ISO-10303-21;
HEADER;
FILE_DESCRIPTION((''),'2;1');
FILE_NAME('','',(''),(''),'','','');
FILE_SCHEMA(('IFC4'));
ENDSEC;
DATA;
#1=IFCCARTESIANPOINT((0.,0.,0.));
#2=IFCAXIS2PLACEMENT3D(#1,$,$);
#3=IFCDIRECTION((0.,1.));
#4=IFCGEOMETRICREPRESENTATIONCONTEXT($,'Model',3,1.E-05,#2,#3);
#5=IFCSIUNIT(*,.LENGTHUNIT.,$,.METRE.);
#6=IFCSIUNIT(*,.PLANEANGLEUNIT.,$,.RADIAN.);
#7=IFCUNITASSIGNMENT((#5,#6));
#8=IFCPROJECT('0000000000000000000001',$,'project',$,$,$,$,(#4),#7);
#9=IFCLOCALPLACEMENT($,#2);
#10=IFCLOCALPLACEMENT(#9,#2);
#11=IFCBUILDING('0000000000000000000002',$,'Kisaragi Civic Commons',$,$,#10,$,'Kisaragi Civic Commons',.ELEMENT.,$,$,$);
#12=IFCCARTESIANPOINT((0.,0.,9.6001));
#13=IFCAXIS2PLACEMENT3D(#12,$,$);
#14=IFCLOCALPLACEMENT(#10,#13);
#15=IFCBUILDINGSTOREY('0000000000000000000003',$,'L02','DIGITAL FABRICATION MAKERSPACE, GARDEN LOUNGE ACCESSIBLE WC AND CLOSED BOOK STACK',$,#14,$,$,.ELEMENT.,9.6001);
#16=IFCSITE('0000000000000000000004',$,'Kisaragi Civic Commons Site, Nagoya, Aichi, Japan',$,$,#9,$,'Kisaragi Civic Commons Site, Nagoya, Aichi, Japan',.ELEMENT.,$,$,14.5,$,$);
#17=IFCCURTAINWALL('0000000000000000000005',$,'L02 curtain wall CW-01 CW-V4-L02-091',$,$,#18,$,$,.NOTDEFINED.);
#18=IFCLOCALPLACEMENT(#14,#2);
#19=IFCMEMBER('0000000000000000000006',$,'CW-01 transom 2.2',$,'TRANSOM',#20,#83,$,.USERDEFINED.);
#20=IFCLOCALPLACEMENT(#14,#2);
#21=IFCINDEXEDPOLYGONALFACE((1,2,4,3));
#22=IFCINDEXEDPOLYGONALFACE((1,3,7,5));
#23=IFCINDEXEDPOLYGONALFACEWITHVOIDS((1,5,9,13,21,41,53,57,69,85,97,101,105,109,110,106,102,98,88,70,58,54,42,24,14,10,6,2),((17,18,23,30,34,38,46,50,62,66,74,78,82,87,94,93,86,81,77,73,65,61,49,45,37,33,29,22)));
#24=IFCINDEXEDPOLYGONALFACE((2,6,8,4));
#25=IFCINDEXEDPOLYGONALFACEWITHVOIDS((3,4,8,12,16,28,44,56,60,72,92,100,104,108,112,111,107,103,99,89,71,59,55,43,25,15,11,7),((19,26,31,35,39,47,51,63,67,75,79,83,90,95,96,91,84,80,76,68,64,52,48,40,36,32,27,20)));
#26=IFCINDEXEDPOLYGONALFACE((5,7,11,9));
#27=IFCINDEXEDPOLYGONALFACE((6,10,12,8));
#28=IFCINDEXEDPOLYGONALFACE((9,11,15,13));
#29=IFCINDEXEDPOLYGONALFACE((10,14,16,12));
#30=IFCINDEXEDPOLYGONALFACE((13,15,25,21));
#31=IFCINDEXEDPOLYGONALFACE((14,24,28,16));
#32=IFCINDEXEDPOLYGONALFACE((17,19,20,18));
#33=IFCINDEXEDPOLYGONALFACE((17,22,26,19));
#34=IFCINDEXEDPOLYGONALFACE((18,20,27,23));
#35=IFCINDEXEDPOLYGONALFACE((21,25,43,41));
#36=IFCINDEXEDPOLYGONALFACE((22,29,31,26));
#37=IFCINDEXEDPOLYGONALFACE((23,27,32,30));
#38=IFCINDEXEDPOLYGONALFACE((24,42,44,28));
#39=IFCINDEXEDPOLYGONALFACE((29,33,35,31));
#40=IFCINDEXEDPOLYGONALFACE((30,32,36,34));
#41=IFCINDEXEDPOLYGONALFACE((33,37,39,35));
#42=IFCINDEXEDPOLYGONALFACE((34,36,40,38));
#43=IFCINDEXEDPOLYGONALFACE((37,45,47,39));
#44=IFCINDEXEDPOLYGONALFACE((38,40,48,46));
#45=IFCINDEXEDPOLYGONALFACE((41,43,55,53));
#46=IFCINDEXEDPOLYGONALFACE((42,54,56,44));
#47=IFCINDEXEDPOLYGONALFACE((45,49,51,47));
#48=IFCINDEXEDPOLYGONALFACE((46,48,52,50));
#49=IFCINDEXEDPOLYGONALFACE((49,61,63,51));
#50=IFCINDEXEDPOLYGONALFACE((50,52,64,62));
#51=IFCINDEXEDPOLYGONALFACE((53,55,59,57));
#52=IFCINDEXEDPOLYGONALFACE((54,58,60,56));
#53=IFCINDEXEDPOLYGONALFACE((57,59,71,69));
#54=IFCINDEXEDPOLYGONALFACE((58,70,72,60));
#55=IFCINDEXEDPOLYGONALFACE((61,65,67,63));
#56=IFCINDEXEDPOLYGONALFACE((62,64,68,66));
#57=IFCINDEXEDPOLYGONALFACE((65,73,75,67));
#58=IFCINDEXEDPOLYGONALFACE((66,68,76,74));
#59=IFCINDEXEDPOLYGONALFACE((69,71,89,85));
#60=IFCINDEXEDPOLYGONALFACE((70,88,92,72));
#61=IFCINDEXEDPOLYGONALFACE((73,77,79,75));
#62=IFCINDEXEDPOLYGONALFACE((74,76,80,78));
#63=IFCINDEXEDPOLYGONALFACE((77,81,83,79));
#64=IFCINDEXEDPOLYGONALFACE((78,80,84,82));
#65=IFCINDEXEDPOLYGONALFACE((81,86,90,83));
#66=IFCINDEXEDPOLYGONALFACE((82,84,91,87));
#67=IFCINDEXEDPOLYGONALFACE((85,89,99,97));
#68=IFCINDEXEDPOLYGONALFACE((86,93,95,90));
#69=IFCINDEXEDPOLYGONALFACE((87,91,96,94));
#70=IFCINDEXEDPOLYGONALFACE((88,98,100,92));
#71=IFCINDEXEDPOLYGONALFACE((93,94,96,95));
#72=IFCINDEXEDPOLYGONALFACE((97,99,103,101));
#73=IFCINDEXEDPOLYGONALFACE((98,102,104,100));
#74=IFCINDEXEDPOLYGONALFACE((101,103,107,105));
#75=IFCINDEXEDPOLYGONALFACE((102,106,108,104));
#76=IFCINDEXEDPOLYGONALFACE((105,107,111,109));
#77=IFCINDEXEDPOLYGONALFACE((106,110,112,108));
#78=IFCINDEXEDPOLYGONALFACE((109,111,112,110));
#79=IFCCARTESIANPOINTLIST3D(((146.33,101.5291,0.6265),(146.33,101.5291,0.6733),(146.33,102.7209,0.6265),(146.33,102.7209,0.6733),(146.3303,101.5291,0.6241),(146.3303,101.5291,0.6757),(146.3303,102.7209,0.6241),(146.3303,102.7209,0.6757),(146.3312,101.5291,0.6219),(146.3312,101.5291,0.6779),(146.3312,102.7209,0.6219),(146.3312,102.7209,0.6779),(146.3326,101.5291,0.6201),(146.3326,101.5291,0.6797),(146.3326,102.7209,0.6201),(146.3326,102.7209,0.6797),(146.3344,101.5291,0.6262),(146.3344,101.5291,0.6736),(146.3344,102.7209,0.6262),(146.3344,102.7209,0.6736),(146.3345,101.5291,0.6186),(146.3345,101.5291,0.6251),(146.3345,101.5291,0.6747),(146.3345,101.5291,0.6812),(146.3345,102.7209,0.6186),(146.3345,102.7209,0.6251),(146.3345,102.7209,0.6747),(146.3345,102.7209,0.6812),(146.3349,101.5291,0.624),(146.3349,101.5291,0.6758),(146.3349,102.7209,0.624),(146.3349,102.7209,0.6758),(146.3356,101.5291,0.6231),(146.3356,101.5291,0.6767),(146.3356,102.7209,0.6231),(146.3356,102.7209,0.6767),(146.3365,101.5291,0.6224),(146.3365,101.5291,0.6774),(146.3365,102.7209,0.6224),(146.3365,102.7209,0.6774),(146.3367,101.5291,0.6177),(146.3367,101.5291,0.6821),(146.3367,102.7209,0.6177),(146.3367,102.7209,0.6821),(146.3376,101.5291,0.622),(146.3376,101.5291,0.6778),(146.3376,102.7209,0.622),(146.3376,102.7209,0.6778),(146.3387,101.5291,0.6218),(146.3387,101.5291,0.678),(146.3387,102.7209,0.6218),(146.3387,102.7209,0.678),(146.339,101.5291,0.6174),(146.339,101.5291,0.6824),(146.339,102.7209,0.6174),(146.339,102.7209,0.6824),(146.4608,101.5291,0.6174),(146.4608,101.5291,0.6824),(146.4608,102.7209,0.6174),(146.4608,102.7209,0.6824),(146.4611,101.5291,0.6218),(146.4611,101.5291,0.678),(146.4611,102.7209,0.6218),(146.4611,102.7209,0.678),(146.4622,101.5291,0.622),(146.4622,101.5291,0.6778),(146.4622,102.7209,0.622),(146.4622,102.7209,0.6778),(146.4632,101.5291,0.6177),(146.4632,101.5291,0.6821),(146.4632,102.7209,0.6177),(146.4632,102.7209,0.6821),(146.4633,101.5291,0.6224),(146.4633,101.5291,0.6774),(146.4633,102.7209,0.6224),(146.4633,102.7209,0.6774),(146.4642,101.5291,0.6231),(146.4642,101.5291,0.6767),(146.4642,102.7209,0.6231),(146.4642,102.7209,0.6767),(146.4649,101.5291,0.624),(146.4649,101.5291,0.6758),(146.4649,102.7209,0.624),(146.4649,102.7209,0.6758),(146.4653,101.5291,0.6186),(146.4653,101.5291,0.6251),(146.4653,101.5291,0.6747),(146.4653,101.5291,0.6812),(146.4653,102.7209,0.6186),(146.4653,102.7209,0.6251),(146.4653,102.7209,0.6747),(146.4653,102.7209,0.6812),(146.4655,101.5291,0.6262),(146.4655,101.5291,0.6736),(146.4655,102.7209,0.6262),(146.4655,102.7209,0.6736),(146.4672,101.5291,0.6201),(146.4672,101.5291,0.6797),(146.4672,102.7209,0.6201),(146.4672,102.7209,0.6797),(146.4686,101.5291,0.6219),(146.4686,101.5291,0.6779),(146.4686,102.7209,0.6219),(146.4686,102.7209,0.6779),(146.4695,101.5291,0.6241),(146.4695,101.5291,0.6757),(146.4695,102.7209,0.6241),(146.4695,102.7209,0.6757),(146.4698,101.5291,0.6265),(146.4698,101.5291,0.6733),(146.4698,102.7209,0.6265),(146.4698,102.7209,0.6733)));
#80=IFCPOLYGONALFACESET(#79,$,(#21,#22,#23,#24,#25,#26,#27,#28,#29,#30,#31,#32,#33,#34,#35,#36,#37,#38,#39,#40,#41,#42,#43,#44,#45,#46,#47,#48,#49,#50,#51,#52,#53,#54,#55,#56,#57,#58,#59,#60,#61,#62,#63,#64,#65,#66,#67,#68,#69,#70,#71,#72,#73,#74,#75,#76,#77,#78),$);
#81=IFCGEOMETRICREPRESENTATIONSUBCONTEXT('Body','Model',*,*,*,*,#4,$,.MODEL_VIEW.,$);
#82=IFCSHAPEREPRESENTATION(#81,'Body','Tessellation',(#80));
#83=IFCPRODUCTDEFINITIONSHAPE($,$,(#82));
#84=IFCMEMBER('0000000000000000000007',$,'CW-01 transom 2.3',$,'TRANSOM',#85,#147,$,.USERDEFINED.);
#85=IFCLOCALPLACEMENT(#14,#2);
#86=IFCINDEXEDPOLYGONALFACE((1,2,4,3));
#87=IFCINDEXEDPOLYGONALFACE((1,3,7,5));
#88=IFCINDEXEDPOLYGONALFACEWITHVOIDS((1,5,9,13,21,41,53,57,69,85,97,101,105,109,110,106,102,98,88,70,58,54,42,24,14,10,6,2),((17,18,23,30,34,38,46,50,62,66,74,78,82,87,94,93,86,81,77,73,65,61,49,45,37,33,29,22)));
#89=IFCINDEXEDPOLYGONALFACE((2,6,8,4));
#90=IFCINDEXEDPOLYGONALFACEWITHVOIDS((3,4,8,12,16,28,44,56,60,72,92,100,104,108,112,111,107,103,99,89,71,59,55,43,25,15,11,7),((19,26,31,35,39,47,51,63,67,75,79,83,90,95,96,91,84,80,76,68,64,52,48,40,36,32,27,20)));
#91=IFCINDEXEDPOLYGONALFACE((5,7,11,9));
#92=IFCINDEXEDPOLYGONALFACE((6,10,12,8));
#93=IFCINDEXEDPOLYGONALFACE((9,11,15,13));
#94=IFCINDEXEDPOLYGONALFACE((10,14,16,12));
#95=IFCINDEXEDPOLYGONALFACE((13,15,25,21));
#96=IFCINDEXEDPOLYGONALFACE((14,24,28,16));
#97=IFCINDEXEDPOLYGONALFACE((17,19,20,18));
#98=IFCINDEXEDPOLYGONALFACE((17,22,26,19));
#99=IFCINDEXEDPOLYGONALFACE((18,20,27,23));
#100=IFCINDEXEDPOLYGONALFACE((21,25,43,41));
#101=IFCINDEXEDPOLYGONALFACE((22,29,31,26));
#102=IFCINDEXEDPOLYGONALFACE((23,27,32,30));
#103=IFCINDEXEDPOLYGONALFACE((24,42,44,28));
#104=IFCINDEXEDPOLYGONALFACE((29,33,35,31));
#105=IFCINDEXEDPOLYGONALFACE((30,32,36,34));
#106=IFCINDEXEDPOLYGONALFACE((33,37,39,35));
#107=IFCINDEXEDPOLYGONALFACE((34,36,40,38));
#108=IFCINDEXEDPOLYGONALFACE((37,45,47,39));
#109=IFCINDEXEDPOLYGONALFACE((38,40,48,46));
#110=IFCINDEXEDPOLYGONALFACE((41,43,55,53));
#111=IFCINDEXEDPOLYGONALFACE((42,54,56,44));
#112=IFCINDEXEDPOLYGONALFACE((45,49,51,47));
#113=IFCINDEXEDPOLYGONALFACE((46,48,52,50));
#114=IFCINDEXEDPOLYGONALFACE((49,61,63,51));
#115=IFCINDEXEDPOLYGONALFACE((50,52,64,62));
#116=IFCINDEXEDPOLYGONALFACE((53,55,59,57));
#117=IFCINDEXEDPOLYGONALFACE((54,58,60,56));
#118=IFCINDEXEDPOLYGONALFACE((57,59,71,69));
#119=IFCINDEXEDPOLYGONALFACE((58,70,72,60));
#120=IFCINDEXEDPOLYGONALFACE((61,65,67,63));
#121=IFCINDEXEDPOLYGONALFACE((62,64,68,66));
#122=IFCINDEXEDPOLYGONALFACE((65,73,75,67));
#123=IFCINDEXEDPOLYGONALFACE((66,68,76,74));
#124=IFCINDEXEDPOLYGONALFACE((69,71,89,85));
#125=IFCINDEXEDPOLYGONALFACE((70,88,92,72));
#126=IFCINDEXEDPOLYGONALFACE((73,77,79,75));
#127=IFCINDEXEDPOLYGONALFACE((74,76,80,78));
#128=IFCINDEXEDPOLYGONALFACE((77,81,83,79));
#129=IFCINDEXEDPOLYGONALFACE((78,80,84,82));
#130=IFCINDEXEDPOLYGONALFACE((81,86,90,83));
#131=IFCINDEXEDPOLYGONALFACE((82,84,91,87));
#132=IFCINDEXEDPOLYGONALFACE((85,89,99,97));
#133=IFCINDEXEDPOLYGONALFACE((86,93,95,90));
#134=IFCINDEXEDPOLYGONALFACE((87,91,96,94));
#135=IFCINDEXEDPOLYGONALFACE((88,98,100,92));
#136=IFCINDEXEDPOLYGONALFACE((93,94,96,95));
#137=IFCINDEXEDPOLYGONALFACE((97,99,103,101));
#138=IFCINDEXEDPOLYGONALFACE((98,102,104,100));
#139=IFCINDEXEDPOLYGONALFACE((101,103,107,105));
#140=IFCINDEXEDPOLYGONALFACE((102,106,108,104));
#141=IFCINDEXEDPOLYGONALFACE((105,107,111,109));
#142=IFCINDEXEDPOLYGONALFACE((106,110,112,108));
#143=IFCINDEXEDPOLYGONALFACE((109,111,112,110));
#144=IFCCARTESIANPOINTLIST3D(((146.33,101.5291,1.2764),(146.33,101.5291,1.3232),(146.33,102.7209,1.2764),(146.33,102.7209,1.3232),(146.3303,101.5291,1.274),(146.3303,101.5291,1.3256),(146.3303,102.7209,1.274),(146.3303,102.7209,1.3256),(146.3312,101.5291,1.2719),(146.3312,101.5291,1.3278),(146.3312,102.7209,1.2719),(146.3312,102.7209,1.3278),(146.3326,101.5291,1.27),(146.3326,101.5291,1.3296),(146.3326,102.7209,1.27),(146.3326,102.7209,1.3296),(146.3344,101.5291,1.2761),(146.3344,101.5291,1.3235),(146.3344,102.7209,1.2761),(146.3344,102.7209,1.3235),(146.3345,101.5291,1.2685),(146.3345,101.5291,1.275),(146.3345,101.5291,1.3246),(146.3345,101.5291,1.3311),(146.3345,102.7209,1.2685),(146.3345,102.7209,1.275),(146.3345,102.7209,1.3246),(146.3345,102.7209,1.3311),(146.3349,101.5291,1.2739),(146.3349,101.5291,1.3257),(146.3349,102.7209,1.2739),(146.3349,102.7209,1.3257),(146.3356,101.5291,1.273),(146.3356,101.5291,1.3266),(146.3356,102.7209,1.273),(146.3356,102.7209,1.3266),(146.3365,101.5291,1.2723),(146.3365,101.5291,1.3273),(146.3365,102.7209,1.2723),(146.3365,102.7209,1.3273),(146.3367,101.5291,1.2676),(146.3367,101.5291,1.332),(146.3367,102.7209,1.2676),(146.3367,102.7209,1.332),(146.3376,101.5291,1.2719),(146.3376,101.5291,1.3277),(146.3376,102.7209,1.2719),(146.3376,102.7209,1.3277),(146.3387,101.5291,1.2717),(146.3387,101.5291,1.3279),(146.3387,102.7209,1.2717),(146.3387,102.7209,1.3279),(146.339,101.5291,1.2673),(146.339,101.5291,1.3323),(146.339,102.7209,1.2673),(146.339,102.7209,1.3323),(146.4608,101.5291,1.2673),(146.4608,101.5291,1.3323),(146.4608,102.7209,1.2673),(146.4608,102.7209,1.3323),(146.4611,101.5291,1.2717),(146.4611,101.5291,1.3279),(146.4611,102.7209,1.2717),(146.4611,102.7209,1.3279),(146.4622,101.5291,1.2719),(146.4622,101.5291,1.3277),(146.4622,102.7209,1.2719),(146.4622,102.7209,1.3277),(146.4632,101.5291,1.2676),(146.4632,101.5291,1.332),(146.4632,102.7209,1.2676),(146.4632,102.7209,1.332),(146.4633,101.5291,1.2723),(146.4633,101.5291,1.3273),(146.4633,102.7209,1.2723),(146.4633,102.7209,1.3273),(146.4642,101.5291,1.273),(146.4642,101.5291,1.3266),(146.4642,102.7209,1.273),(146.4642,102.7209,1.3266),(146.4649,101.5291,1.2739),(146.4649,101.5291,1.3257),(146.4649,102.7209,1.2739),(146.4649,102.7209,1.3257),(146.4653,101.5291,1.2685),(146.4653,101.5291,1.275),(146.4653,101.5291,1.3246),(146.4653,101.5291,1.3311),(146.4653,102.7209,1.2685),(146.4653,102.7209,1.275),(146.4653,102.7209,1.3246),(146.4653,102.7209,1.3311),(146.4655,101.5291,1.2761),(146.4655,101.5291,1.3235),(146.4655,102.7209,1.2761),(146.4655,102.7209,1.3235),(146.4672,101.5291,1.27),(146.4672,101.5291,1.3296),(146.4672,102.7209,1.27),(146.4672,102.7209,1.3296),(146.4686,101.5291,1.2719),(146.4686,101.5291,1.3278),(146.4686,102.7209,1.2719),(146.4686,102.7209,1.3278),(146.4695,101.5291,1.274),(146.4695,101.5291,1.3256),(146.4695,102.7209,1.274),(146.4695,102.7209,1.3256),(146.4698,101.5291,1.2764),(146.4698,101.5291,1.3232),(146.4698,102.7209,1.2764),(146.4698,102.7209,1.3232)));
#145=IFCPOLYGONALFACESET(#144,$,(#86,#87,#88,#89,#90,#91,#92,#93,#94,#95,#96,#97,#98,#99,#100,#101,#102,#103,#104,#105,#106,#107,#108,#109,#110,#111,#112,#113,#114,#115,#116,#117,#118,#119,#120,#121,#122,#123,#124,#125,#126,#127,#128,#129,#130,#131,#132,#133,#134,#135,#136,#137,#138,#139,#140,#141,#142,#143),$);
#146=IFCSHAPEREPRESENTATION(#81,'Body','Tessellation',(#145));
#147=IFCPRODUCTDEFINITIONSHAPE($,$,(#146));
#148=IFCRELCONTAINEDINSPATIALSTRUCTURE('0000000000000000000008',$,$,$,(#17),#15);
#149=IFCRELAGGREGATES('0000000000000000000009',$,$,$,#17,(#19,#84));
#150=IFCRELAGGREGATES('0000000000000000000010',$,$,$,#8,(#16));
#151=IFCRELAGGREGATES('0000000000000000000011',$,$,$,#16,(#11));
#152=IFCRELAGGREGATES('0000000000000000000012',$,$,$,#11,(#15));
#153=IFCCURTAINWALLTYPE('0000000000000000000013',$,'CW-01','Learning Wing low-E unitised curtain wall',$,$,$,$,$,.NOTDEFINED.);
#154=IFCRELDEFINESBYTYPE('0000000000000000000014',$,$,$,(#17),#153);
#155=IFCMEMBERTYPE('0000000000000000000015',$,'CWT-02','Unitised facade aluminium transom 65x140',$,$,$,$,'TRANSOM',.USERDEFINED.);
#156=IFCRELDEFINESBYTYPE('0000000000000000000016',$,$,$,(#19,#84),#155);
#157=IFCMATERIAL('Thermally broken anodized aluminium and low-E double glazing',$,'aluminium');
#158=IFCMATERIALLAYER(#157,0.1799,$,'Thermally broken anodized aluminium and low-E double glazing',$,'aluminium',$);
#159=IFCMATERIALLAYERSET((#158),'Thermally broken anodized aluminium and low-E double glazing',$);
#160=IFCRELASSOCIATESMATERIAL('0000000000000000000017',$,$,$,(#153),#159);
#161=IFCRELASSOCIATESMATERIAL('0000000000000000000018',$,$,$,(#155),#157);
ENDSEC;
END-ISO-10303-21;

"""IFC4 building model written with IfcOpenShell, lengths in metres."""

from ifc_helpers import new_model, si_unit, direction, frame, origin, origin_2d, place, context, subcontext, project, spatial, hollow_rectangle, extrude, material, layer, layer_set, material_profile, profile_set, type_object, element, aggregate, save


model = new_model("IFC4")

# Units and contexts
model_context = context("Model", 3, precision=1e-05, world=origin(), true_north=direction((0.0, 1.0)))
body_context = subcontext(model_context, "Body", "Model", "MODEL_VIEW")
ifc_project = project(units=[si_unit("LENGTHUNIT", "METRE"), si_unit("PLANEANGLEUNIT", "RADIAN")], contexts=[model_context])

# Site, building, storey
site_placement = place(None, origin())
site = spatial("IfcSite", under=ifc_project, at=site_placement, Name="Kisaragi Civic Commons Site, Nagoya, Aichi, Japan", LongName="Kisaragi Civic Commons Site, Nagoya, Aichi, Japan", CompositionType="ELEMENT", RefElevation=14.5)
building_placement = place(site_placement, origin())
building = spatial("IfcBuilding", under=site, at=building_placement, Name="Kisaragi Civic Commons", LongName="Kisaragi Civic Commons", CompositionType="ELEMENT")
storey_placement = place(building_placement, frame((0.0, 0.0, 9.6001)))
storey = spatial("IfcBuildingStorey", under=building, at=storey_placement, Name="L02", Description="DIGITAL FABRICATION MAKERSPACE, GARDEN LOUNGE ACCESSIBLE WC AND CLOSED BOOK STACK", CompositionType="ELEMENT", Elevation=9.6001)

# Curtain wall
ifc_material_1 = material(Name="Thermally broken anodized aluminium and low-E double glazing", Category="aluminium")
ifc_layer_1 = layer(ifc_material_1, 0.1799, Name="Thermally broken anodized aluminium and low-E double glazing", Category="aluminium")
ifc_layer_set_1 = layer_set([ifc_layer_1], Name="Thermally broken anodized aluminium and low-E double glazing")
curtain_wall_type = type_object("IfcCurtainWallType", Name="CW-01", Description="Learning Wing low-E unitised curtain wall", PredefinedType="NOTDEFINED", material=ifc_layer_set_1)
curtain_wall_1_placement = place(storey_placement, origin())
curtain_wall_1 = element("IfcCurtainWall", 1, at=curtain_wall_1_placement, inside=storey, type_object=curtain_wall_type, Name="L02 curtain wall CW-01 CW-V4-L02-091", PredefinedType="NOTDEFINED")

# Members
ifc_material_profile_1 = material_profile(ifc_material_1, hollow_rectangle(XDim=0.1399, YDim=0.0649, WallThickness=0.0044, InnerFilletRadius=0.0044, OuterFilletRadius=0.009, at=origin_2d()), Name="CWT-65x140x4.5", Category="aluminium")
ifc_profile_set_1 = profile_set([ifc_material_profile_1], Name="Thermally broken anodized aluminium and low-E double glazing")
member_type_1 = type_object("IfcMemberType", Name="CWT-02", Description="Unitised facade aluminium transom 65x140", ElementType="TRANSOM", PredefinedType="USERDEFINED", material=ifc_profile_set_1)
member_1_placement = place(storey_placement, frame((146.3999, 102.7209, 0.6499), z_axis=(0.0, -1.0, 0.0), x_axis=(1.0, 0.0, 0.0)))
member_1 = element("IfcMember", 2, at=member_1_placement, type_object=member_type_1, Name="CW-01 transom 2.2", ObjectType="TRANSOM", PredefinedType="USERDEFINED", context=body_context, shape_type="SweptSolid", body=[
    extrude(hollow_rectangle(XDim=0.1399, YDim=0.0649, WallThickness=0.0044, InnerFilletRadius=0.0044, OuterFilletRadius=0.009, at=origin_2d()), origin(), (0.0, 0.0, 1.0), 1.1919),
])
member_2_placement = place(storey_placement, frame((146.3999, 102.7209, 1.2998), z_axis=(0.0, -1.0, 0.0), x_axis=(1.0, 0.0, 0.0)))
member_2 = element("IfcMember", 3, at=member_2_placement, type_object=member_type_1, Name="CW-01 transom 2.3", ObjectType="TRANSOM", PredefinedType="USERDEFINED", context=body_context, shape_type="SweptSolid", body=[
    extrude(hollow_rectangle(XDim=0.1399, YDim=0.0649, WallThickness=0.0044, InnerFilletRadius=0.0044, OuterFilletRadius=0.009, at=origin_2d()), origin(), (0.0, 0.0, 1.0), 1.1919),
])

aggregate(curtain_wall_1, [member_1, member_2])

save(model, "model.ifc")
